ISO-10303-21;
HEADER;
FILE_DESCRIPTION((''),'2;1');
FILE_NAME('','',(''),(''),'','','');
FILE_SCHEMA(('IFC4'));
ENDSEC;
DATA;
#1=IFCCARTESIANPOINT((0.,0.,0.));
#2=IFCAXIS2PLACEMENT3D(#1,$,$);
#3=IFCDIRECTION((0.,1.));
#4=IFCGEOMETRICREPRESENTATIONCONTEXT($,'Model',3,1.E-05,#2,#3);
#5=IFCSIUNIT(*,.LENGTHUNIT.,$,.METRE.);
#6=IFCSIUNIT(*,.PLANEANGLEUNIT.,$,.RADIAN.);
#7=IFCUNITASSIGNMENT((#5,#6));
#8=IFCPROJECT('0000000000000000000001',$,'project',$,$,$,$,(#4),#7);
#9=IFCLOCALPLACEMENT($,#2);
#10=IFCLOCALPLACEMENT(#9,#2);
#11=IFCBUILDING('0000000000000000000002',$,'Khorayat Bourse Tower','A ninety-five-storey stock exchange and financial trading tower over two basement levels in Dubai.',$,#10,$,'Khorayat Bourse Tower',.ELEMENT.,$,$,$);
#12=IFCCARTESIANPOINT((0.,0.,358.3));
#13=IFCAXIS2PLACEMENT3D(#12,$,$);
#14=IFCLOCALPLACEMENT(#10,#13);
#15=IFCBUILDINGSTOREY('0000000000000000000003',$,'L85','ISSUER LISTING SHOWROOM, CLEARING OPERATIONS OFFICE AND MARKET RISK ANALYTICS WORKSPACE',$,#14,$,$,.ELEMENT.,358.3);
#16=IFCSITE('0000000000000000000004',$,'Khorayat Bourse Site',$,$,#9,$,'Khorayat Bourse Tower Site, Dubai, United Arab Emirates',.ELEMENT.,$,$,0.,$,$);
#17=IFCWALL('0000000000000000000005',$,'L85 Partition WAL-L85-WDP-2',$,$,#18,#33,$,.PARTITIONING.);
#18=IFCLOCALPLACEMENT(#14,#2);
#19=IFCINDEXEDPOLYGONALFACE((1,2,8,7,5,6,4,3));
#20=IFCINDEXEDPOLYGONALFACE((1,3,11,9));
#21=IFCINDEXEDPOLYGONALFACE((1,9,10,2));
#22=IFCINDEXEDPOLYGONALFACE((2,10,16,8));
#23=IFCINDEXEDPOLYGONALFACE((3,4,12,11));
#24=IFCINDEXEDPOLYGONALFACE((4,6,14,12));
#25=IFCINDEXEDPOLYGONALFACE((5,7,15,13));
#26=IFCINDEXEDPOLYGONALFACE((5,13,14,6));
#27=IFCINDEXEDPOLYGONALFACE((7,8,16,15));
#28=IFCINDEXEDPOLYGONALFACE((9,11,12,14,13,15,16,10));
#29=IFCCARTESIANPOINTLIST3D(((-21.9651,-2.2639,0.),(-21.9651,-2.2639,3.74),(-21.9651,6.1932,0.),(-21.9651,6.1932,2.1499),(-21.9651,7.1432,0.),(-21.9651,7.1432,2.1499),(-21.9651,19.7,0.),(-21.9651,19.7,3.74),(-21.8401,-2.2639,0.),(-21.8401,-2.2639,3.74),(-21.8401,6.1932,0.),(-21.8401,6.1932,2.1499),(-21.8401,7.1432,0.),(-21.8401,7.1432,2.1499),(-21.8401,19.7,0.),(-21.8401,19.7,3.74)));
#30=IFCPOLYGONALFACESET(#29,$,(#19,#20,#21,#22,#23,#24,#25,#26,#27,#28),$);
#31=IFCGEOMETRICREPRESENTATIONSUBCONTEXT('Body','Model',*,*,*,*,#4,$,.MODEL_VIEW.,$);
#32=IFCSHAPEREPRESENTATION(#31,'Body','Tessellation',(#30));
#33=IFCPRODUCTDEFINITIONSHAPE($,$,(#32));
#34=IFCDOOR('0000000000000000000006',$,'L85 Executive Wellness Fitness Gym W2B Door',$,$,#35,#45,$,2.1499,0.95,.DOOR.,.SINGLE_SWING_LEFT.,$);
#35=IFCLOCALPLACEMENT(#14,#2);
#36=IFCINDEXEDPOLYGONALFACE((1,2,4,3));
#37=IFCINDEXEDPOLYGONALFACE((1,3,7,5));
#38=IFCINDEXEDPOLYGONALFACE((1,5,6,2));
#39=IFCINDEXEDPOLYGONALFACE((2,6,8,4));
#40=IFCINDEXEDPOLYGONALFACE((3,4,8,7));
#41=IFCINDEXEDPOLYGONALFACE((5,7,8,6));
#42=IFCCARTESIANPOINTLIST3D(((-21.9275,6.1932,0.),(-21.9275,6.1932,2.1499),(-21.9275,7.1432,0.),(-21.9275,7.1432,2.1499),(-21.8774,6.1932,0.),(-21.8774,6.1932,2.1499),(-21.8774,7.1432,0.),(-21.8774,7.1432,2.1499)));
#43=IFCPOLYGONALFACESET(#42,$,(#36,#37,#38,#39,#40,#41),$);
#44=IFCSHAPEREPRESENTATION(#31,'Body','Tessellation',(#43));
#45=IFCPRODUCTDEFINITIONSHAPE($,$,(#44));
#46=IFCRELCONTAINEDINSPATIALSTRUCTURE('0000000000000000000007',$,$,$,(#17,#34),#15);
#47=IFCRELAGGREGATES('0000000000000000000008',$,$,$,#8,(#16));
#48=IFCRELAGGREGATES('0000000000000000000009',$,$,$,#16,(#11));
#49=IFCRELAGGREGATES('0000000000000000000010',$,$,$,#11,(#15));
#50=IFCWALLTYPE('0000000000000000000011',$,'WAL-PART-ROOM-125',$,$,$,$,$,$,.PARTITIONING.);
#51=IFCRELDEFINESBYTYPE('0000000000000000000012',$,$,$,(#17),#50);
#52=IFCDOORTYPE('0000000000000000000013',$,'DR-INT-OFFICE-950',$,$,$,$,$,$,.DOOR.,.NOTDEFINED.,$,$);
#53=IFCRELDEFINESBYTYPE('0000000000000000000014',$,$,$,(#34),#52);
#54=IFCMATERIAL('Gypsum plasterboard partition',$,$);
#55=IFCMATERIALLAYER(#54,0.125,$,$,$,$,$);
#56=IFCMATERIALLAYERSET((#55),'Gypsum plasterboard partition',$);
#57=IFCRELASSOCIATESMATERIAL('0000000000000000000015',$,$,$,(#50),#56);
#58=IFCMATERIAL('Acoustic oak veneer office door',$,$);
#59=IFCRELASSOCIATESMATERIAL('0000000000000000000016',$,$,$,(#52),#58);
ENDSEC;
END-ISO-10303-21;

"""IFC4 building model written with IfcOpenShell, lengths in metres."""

from ifc_helpers import new_model, si_unit, direction, frame, frame_2d, origin, place, context, subcontext, project, spatial, rectangle, extrude, source, transform, mapped, material, layer, layer_set, type_object, element, fill, save


model = new_model("IFC4")

# Units and contexts
model_context = context("Model", 3, precision=1e-05, world=origin(), true_north=direction((0.0, 1.0)))
body_context = subcontext(model_context, "Body", "Model", "MODEL_VIEW")
ifc_project = project(units=[si_unit("LENGTHUNIT", "METRE"), si_unit("PLANEANGLEUNIT", "RADIAN")], contexts=[model_context])

# Site, building, storey
site_placement = place(None, origin())
site = spatial("IfcSite", under=ifc_project, at=site_placement, Name="Khorayat Bourse Site", LongName="Khorayat Bourse Tower Site, Dubai, United Arab Emirates", CompositionType="ELEMENT", RefElevation=0.0)
building_placement = place(site_placement, origin())
building = spatial("IfcBuilding", under=site, at=building_placement, Name="Khorayat Bourse Tower", Description="A ninety-five-storey stock exchange and financial trading tower over two basement levels in Dubai.", LongName="Khorayat Bourse Tower", CompositionType="ELEMENT")
storey_placement = place(building_placement, frame((0.0, 0.0, 358.3)))
storey = spatial("IfcBuildingStorey", under=building, at=storey_placement, Name="L85", Description="ISSUER LISTING SHOWROOM, CLEARING OPERATIONS OFFICE AND MARKET RISK ANALYTICS WORKSPACE", CompositionType="ELEMENT", Elevation=358.3)

# Shared definitions
ifc_material_1 = material(Name="Gypsum plasterboard partition")
ifc_layer_1 = layer(ifc_material_1, 0.125)
ifc_layer_set_1 = layer_set([ifc_layer_1], Name="Gypsum plasterboard partition")
wall_type_1 = type_object("IfcWallType", Name="WAL-PART-ROOM-125", PredefinedType="PARTITIONING", material=ifc_layer_set_1)

# Wall, opening, door
shared_shape_1 = source(origin(), body_context, "Body", "SweptSolid", [
    extrude(rectangle(XDim=21.9639, YDim=0.125, at=frame_2d((10.9819, 0.0))), origin(), (0.0, 0.0, 1.0), 3.74),
])
wall_1_placement = place(storey_placement, frame((-21.9026, -2.2639, 0.0), z_axis=(0.0, 0.0, 1.0), x_axis=(0.0, 1.0, 0.0)))
wall_1 = element("IfcWall", 1, at=wall_1_placement, inside=storey, type_object=wall_type_1, Name="L85 Partition WAL-L85-WDP-2", PredefinedType="PARTITIONING", context=body_context, shape_type="MappedRepresentation", body=[
    mapped(shared_shape_1, transform((0.0, 0.0, 0.0), scale=1.0)),
])
shared_shape_2 = source(origin(), body_context, "Body", "SweptSolid", [
    extrude(rectangle(XDim=0.95, YDim=2.1499, at=frame_2d((0.4751, 1.075))), frame((0.0, 0.0725, 0.0), z_axis=(0.0, -1.0, 0.0), x_axis=(1.0, 0.0, 0.0)), (0.0, 0.0, 1.0), 0.145),
])
opening_1_placement = place(wall_1_placement, frame((8.457, 0.0, 0.0)))
opening_1 = element("IfcOpeningElement", 2, at=opening_1_placement, cuts=wall_1, PredefinedType="OPENING", context=body_context, shape_type="MappedRepresentation", body=[
    mapped(shared_shape_2, transform((0.0, 0.0, 0.0), scale=1.0)),
])
ifc_material_2 = material(Name="Acoustic oak veneer office door")
door_type_1 = type_object("IfcDoorType", Name="DR-INT-OFFICE-950", OperationType="NOTDEFINED", PredefinedType="DOOR", material=ifc_material_2)
shared_shape_3 = source(origin(), body_context, "Body", "SweptSolid", [
    extrude(rectangle(XDim=0.95, YDim=2.1499, at=frame_2d((0.4751, 1.075))), frame((0.0, 0.0249, 0.0), z_axis=(0.0, -1.0, 0.0), x_axis=(1.0, 0.0, 0.0)), (0.0, 0.0, 1.0), 0.05),
])
door_1_placement = place(opening_1_placement, origin())
door_1 = element("IfcDoor", 3, at=door_1_placement, inside=storey, type_object=door_type_1, Name="L85 Executive Wellness Fitness Gym W2B Door", OperationType="SINGLE_SWING_LEFT", OverallHeight=2.1499, OverallWidth=0.95, PredefinedType="DOOR", context=body_context, shape_type="MappedRepresentation", body=[
    mapped(shared_shape_3, transform((0.0, 0.0, 0.0), scale=1.0)),
])
fill(opening_1, door_1)

save(model, "model.ifc")
